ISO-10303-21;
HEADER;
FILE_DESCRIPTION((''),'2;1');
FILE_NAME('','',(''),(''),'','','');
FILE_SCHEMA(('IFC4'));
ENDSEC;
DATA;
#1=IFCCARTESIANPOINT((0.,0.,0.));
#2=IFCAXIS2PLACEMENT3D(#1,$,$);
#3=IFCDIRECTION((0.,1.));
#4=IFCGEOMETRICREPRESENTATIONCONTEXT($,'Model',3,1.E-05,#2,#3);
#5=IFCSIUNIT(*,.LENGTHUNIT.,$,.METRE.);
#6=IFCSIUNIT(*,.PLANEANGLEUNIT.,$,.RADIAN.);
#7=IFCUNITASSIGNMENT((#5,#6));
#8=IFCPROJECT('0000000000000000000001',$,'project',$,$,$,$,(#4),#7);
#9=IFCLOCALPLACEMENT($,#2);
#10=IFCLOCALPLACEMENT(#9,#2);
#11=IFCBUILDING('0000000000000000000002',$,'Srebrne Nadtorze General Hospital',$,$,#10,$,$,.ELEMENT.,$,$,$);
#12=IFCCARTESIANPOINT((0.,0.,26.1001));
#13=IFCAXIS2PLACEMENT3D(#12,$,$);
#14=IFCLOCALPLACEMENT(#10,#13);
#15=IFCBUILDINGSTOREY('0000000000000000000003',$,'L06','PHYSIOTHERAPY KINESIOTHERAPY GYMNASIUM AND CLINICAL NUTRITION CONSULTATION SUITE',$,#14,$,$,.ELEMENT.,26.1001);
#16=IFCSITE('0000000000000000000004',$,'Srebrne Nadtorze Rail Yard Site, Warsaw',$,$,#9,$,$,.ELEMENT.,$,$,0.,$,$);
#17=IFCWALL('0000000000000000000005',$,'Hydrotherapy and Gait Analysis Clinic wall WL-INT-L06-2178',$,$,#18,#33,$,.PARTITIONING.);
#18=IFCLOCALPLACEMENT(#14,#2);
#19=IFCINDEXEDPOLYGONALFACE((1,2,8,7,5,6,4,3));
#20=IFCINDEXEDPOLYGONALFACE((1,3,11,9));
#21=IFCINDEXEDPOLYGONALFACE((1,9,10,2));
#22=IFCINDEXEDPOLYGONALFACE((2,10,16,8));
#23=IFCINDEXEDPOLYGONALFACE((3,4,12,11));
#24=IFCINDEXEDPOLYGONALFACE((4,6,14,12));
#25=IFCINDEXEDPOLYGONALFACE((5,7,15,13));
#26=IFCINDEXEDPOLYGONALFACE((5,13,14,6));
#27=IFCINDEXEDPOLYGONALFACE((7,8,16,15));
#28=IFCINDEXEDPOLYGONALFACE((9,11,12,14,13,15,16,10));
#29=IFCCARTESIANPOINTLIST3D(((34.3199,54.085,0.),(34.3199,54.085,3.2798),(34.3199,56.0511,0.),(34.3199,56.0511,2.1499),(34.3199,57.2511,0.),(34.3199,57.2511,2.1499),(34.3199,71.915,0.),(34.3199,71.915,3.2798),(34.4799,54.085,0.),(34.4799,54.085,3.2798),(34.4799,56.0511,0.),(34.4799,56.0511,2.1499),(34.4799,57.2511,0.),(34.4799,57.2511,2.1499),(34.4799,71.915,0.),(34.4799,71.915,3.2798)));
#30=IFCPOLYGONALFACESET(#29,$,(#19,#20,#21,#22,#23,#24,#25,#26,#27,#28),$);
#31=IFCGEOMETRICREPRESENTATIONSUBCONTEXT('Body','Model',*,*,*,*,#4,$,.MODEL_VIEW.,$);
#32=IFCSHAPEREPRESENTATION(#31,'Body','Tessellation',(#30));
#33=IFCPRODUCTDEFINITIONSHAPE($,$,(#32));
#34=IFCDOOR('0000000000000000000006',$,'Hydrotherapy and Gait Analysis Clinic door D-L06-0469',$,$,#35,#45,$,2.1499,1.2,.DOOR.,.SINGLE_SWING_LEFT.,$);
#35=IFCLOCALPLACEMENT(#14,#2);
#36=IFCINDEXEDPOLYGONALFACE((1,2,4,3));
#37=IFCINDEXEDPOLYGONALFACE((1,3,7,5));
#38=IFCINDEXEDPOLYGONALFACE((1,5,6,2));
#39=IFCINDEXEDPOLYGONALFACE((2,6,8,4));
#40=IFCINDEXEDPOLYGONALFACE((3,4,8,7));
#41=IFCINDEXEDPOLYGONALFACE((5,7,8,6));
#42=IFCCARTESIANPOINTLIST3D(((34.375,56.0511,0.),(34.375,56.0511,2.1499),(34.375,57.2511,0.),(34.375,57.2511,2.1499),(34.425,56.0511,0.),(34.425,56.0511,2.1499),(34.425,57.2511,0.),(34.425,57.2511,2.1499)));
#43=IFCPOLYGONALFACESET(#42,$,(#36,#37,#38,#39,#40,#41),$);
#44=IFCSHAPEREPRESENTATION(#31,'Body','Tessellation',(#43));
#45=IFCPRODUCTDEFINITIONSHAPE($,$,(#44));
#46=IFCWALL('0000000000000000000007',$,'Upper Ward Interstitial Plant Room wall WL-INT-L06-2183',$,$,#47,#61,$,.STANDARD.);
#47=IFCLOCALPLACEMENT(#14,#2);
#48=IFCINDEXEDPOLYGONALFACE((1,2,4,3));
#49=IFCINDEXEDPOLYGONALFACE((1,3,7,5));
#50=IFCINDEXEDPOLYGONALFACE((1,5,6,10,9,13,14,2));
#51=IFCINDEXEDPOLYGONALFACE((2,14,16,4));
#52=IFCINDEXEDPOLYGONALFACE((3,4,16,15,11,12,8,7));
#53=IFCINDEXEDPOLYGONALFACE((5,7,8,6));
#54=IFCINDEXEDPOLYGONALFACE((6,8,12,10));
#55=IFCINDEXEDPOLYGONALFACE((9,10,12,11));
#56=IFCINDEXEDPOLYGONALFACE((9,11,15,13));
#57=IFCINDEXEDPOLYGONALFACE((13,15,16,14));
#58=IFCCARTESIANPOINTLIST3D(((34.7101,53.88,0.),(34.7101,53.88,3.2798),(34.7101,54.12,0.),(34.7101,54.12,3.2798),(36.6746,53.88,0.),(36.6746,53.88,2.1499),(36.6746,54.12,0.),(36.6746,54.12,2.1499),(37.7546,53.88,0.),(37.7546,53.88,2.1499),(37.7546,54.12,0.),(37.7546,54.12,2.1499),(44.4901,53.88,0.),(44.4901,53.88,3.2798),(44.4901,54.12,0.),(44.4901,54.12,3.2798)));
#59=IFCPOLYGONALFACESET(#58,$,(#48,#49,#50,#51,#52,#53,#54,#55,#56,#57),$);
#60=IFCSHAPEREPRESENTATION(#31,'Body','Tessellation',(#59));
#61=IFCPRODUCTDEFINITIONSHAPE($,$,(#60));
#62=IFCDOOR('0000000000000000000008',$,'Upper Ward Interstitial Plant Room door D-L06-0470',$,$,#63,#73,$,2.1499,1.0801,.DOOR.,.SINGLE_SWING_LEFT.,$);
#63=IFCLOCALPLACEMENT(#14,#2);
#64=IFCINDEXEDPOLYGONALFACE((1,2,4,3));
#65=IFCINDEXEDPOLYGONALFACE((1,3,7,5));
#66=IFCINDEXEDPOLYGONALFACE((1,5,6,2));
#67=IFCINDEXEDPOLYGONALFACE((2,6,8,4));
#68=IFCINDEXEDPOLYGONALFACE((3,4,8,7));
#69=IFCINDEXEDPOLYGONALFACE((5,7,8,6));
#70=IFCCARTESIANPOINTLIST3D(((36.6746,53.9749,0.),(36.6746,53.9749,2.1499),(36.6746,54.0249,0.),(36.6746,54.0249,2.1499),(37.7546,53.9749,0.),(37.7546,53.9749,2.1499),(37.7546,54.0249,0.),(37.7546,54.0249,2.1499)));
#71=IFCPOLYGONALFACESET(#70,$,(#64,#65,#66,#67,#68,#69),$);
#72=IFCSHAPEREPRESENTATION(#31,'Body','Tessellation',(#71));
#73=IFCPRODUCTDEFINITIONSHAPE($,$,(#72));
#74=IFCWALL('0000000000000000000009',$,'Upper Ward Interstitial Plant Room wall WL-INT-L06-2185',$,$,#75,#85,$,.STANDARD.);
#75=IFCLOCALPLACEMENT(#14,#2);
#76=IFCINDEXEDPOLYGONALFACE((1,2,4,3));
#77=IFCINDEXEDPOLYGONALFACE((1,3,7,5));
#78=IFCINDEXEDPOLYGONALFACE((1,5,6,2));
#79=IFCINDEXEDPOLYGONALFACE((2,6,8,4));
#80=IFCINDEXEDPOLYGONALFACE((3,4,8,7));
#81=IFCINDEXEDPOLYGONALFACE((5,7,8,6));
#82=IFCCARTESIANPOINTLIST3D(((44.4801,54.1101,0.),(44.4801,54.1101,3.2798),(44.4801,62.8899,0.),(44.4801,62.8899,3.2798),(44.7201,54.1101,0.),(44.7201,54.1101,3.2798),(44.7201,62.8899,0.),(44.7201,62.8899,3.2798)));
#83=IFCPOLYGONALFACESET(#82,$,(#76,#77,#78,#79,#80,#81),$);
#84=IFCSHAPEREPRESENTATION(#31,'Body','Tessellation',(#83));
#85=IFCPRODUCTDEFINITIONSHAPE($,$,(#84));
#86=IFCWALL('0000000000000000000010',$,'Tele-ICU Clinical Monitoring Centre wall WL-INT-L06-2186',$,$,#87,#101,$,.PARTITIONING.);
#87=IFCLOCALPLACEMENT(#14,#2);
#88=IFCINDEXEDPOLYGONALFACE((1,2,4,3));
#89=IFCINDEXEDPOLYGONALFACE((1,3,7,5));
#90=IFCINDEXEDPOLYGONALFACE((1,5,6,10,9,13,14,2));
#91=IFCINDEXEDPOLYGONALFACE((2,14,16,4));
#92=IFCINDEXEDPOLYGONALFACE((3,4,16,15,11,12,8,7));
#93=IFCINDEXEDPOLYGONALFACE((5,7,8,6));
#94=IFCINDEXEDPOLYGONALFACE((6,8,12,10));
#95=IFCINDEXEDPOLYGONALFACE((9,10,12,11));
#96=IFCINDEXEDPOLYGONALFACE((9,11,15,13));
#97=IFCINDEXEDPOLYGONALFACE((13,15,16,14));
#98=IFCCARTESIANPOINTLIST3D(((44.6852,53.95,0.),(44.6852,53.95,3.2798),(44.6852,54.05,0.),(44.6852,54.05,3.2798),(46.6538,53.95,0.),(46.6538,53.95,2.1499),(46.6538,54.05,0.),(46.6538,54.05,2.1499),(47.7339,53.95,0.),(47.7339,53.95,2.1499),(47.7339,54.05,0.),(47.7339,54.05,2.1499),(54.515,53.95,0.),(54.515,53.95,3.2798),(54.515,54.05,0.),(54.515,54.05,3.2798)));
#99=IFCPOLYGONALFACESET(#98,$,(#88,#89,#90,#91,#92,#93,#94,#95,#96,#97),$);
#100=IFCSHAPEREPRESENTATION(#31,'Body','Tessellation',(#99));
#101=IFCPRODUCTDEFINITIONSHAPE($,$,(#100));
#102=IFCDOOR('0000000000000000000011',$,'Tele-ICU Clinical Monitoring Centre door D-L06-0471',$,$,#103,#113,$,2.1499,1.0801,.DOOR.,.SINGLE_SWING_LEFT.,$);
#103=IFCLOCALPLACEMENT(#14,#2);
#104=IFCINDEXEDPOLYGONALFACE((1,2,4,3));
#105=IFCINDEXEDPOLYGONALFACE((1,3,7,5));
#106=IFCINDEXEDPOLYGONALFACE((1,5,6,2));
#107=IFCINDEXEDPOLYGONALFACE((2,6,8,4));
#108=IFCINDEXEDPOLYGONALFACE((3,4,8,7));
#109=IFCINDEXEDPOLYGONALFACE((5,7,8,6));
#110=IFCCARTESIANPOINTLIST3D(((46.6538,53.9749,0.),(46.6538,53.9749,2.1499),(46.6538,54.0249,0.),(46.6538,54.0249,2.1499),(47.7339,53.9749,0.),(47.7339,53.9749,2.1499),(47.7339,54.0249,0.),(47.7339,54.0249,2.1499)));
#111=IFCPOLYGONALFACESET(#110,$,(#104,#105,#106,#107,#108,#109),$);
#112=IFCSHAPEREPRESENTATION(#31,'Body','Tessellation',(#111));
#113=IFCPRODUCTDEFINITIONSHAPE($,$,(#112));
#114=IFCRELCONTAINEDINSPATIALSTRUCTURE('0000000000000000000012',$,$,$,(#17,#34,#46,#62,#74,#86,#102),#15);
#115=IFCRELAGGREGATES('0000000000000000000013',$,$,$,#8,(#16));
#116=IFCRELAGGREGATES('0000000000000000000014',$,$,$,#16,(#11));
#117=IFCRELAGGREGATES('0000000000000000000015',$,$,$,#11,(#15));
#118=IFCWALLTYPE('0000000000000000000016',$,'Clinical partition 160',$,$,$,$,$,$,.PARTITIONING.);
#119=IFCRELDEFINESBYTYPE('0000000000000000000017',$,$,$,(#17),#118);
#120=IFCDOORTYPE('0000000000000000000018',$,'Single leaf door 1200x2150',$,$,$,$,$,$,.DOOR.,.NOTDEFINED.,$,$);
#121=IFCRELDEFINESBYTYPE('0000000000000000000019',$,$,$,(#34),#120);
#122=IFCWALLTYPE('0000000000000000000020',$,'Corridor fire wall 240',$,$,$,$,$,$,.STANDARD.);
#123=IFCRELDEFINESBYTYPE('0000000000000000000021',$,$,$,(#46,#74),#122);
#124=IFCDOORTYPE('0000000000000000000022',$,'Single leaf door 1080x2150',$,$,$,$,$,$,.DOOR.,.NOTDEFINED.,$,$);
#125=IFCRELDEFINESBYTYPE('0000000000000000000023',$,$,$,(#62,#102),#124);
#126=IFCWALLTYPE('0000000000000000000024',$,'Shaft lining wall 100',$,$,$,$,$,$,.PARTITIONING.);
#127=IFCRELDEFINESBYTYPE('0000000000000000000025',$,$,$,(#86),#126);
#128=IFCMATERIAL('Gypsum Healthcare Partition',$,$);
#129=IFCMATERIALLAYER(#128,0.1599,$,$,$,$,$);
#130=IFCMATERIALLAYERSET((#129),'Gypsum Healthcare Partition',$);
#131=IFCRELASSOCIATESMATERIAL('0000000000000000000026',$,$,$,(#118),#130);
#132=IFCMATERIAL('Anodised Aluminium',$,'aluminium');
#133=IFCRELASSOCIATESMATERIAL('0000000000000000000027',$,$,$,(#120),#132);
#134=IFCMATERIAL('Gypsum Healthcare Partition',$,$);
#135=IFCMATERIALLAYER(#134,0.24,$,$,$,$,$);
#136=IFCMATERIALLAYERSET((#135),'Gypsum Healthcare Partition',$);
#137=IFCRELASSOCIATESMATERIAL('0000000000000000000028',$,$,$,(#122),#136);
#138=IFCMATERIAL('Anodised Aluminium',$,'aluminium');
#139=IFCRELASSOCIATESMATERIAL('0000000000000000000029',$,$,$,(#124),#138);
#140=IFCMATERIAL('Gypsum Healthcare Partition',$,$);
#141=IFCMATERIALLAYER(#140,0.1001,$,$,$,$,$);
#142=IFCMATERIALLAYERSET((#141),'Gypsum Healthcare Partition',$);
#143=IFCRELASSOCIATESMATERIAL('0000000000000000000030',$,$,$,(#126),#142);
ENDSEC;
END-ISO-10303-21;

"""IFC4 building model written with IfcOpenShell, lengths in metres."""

from ifc_helpers import new_model, si_unit, direction, frame, frame_2d, origin, place, context, subcontext, project, spatial, rectangle, extrude, material, layer, layer_set, type_object, element, fill, save


model = new_model("IFC4")

# Units and contexts
model_context = context("Model", 3, precision=1e-05, world=origin(), true_north=direction((0.0, 1.0)))
body_context = subcontext(model_context, "Body", "Model", "MODEL_VIEW")
ifc_project = project(units=[si_unit("LENGTHUNIT", "METRE"), si_unit("PLANEANGLEUNIT", "RADIAN")], contexts=[model_context])

# Site, building, storey
site_placement = place(None, origin())
site = spatial("IfcSite", under=ifc_project, at=site_placement, Name="Srebrne Nadtorze Rail Yard Site, Warsaw", CompositionType="ELEMENT", RefElevation=0.0)
building_placement = place(site_placement, origin())
building = spatial("IfcBuilding", under=site, at=building_placement, Name="Srebrne Nadtorze General Hospital", CompositionType="ELEMENT")
storey_placement = place(building_placement, frame((0.0, 0.0, 26.1001)))
storey = spatial("IfcBuildingStorey", under=building, at=storey_placement, Name="L06", Description="PHYSIOTHERAPY KINESIOTHERAPY GYMNASIUM AND CLINICAL NUTRITION CONSULTATION SUITE", CompositionType="ELEMENT", Elevation=26.1001)

# Walls, openings, doors
ifc_material_1 = material(Name="Gypsum Healthcare Partition")
ifc_layer_1 = layer(ifc_material_1, 0.1599)
ifc_layer_set_1 = layer_set([ifc_layer_1], Name="Gypsum Healthcare Partition")
wall_type_1 = type_object("IfcWallType", Name="Clinical partition 160", PredefinedType="PARTITIONING", material=ifc_layer_set_1)
wall_1_placement = place(storey_placement, frame((34.3999, 54.085, 0.0), z_axis=(0.0, 0.0, 1.0), x_axis=(0.0, 1.0, 0.0)))
wall_1 = element("IfcWall", 1, at=wall_1_placement, inside=storey, type_object=wall_type_1, Name="Hydrotherapy and Gait Analysis Clinic wall WL-INT-L06-2178", PredefinedType="PARTITIONING", context=body_context, shape_type="SweptSolid", body=[
    extrude(rectangle(XDim=17.8301, YDim=0.1599, at=frame_2d((8.915, 0.0))), origin(), (0.0, 0.0, 1.0), 3.2798),
])
opening_1_placement = place(wall_1_placement, frame((1.9661, 0.0, 0.0)))
opening_1 = element("IfcOpeningElement", 2, at=opening_1_placement, cuts=wall_1, PredefinedType="OPENING", context=body_context, shape_type="SweptSolid", body=[
    extrude(rectangle(XDim=1.2, YDim=2.1499, at=frame_2d((0.6001, 1.075))), frame((0.0, 0.0918, 0.0), z_axis=(0.0, -1.0, 0.0), x_axis=(1.0, 0.0, 0.0)), (0.0, 0.0, 1.0), 0.1838),
])
ifc_material_2 = material(Name="Anodised Aluminium", Category="aluminium")
door_type_1 = type_object("IfcDoorType", Name="Single leaf door 1200x2150", OperationType="NOTDEFINED", PredefinedType="DOOR", material=ifc_material_2)
door_1_placement = place(opening_1_placement, origin())
door_1 = element("IfcDoor", 3, at=door_1_placement, inside=storey, type_object=door_type_1, Name="Hydrotherapy and Gait Analysis Clinic door D-L06-0469", OperationType="SINGLE_SWING_LEFT", OverallHeight=2.1499, OverallWidth=1.2, PredefinedType="DOOR", context=body_context, shape_type="SweptSolid", body=[
    extrude(rectangle(XDim=1.2, YDim=2.1499, at=frame_2d((0.6001, 1.075))), frame((0.0, 0.0249, 0.0), z_axis=(0.0, -1.0, 0.0), x_axis=(1.0, 0.0, 0.0)), (0.0, 0.0, 1.0), 0.05),
])
fill(opening_1, door_1)
ifc_material_3 = material(Name="Gypsum Healthcare Partition")
ifc_layer_2 = layer(ifc_material_3, 0.24)
ifc_layer_set_2 = layer_set([ifc_layer_2], Name="Gypsum Healthcare Partition")
wall_type_2 = type_object("IfcWallType", Name="Corridor fire wall 240", PredefinedType="STANDARD", material=ifc_layer_set_2)
wall_2_placement = place(storey_placement, frame((34.71, 54.0, 0.0), z_axis=(0.0, 0.0, 1.0), x_axis=(1.0, 0.0, 0.0)))
wall_2 = element("IfcWall", 4, at=wall_2_placement, inside=storey, type_object=wall_type_2, Name="Upper Ward Interstitial Plant Room wall WL-INT-L06-2183", PredefinedType="STANDARD", context=body_context, shape_type="SweptSolid", body=[
    extrude(rectangle(XDim=9.78, YDim=0.24, at=frame_2d((4.8901, 0.0))), origin(), (0.0, 0.0, 1.0), 3.2798),
])
opening_2_placement = place(wall_2_placement, frame((1.9646, 0.0, 0.0)))
opening_2 = element("IfcOpeningElement", 5, at=opening_2_placement, cuts=wall_2, PredefinedType="OPENING", context=body_context, shape_type="SweptSolid", body=[
    extrude(rectangle(XDim=1.0801, YDim=2.1499, at=frame_2d((0.54, 1.075))), frame((0.0, 0.1318, 0.0), z_axis=(0.0, -1.0, 0.0), x_axis=(1.0, 0.0, 0.0)), (0.0, 0.0, 1.0), 0.2639),
])
ifc_material_4 = material(Name="Anodised Aluminium", Category="aluminium")
door_type_2 = type_object("IfcDoorType", Name="Single leaf door 1080x2150", OperationType="NOTDEFINED", PredefinedType="DOOR", material=ifc_material_4)
door_2_placement = place(opening_2_placement, origin())
door_2 = element("IfcDoor", 6, at=door_2_placement, inside=storey, type_object=door_type_2, Name="Upper Ward Interstitial Plant Room door D-L06-0470", OperationType="SINGLE_SWING_LEFT", OverallHeight=2.1499, OverallWidth=1.0801, PredefinedType="DOOR", context=body_context, shape_type="SweptSolid", body=[
    extrude(rectangle(XDim=1.0801, YDim=2.1499, at=frame_2d((0.54, 1.075))), frame((0.0, 0.0249, 0.0), z_axis=(0.0, -1.0, 0.0), x_axis=(1.0, 0.0, 0.0)), (0.0, 0.0, 1.0), 0.05),
])
fill(opening_2, door_2)

# Wall
wall_3_placement = place(storey_placement, frame((44.6001, 54.1101, 0.0), z_axis=(0.0, 0.0, 1.0), x_axis=(0.0, 1.0, 0.0)))
element("IfcWall", 7, at=wall_3_placement, inside=storey, type_object=wall_type_2, Name="Upper Ward Interstitial Plant Room wall WL-INT-L06-2185", PredefinedType="STANDARD", context=body_context, shape_type="SweptSolid", body=[
    extrude(rectangle(XDim=8.7798, YDim=0.24, at=frame_2d((4.3899, 0.0))), origin(), (0.0, 0.0, 1.0), 3.2798),
])

# Wall, opening, door
ifc_material_5 = material(Name="Gypsum Healthcare Partition")
ifc_layer_3 = layer(ifc_material_5, 0.1001)
ifc_layer_set_3 = layer_set([ifc_layer_3], Name="Gypsum Healthcare Partition")
wall_type_3 = type_object("IfcWallType", Name="Shaft lining wall 100", PredefinedType="PARTITIONING", material=ifc_layer_set_3)
wall_4_placement = place(storey_placement, frame((44.6851, 54.0, 0.0), z_axis=(0.0, 0.0, 1.0), x_axis=(1.0, 0.0, 0.0)))
wall_4 = element("IfcWall", 8, at=wall_4_placement, inside=storey, type_object=wall_type_3, Name="Tele-ICU Clinical Monitoring Centre wall WL-INT-L06-2186", PredefinedType="PARTITIONING", context=body_context, shape_type="SweptSolid", body=[
    extrude(rectangle(XDim=9.8298, YDim=0.1001, at=frame_2d((4.915, 0.0))), origin(), (0.0, 0.0, 1.0), 3.2798),
])
opening_3_placement = place(wall_4_placement, frame((1.9688, 0.0, 0.0)))
opening_3 = element("IfcOpeningElement", 9, at=opening_3_placement, cuts=wall_4, PredefinedType="OPENING", context=body_context, shape_type="SweptSolid", body=[
    extrude(rectangle(XDim=1.0801, YDim=2.1499, at=frame_2d((0.54, 1.075))), frame((0.0, 0.062, 0.0), z_axis=(0.0, -1.0, 0.0), x_axis=(1.0, 0.0, 0.0)), (0.0, 0.0, 1.0), 0.124),
])
door_3_placement = place(opening_3_placement, origin())
door_3 = element("IfcDoor", 10, at=door_3_placement, inside=storey, type_object=door_type_2, Name="Tele-ICU Clinical Monitoring Centre door D-L06-0471", OperationType="SINGLE_SWING_LEFT", OverallHeight=2.1499, OverallWidth=1.0801, PredefinedType="DOOR", context=body_context, shape_type="SweptSolid", body=[
    extrude(rectangle(XDim=1.0801, YDim=2.1499, at=frame_2d((0.54, 1.075))), frame((0.0, 0.0249, 0.0), z_axis=(0.0, -1.0, 0.0), x_axis=(1.0, 0.0, 0.0)), (0.0, 0.0, 1.0), 0.05),
])
fill(opening_3, door_3)

save(model, "model.ifc")
